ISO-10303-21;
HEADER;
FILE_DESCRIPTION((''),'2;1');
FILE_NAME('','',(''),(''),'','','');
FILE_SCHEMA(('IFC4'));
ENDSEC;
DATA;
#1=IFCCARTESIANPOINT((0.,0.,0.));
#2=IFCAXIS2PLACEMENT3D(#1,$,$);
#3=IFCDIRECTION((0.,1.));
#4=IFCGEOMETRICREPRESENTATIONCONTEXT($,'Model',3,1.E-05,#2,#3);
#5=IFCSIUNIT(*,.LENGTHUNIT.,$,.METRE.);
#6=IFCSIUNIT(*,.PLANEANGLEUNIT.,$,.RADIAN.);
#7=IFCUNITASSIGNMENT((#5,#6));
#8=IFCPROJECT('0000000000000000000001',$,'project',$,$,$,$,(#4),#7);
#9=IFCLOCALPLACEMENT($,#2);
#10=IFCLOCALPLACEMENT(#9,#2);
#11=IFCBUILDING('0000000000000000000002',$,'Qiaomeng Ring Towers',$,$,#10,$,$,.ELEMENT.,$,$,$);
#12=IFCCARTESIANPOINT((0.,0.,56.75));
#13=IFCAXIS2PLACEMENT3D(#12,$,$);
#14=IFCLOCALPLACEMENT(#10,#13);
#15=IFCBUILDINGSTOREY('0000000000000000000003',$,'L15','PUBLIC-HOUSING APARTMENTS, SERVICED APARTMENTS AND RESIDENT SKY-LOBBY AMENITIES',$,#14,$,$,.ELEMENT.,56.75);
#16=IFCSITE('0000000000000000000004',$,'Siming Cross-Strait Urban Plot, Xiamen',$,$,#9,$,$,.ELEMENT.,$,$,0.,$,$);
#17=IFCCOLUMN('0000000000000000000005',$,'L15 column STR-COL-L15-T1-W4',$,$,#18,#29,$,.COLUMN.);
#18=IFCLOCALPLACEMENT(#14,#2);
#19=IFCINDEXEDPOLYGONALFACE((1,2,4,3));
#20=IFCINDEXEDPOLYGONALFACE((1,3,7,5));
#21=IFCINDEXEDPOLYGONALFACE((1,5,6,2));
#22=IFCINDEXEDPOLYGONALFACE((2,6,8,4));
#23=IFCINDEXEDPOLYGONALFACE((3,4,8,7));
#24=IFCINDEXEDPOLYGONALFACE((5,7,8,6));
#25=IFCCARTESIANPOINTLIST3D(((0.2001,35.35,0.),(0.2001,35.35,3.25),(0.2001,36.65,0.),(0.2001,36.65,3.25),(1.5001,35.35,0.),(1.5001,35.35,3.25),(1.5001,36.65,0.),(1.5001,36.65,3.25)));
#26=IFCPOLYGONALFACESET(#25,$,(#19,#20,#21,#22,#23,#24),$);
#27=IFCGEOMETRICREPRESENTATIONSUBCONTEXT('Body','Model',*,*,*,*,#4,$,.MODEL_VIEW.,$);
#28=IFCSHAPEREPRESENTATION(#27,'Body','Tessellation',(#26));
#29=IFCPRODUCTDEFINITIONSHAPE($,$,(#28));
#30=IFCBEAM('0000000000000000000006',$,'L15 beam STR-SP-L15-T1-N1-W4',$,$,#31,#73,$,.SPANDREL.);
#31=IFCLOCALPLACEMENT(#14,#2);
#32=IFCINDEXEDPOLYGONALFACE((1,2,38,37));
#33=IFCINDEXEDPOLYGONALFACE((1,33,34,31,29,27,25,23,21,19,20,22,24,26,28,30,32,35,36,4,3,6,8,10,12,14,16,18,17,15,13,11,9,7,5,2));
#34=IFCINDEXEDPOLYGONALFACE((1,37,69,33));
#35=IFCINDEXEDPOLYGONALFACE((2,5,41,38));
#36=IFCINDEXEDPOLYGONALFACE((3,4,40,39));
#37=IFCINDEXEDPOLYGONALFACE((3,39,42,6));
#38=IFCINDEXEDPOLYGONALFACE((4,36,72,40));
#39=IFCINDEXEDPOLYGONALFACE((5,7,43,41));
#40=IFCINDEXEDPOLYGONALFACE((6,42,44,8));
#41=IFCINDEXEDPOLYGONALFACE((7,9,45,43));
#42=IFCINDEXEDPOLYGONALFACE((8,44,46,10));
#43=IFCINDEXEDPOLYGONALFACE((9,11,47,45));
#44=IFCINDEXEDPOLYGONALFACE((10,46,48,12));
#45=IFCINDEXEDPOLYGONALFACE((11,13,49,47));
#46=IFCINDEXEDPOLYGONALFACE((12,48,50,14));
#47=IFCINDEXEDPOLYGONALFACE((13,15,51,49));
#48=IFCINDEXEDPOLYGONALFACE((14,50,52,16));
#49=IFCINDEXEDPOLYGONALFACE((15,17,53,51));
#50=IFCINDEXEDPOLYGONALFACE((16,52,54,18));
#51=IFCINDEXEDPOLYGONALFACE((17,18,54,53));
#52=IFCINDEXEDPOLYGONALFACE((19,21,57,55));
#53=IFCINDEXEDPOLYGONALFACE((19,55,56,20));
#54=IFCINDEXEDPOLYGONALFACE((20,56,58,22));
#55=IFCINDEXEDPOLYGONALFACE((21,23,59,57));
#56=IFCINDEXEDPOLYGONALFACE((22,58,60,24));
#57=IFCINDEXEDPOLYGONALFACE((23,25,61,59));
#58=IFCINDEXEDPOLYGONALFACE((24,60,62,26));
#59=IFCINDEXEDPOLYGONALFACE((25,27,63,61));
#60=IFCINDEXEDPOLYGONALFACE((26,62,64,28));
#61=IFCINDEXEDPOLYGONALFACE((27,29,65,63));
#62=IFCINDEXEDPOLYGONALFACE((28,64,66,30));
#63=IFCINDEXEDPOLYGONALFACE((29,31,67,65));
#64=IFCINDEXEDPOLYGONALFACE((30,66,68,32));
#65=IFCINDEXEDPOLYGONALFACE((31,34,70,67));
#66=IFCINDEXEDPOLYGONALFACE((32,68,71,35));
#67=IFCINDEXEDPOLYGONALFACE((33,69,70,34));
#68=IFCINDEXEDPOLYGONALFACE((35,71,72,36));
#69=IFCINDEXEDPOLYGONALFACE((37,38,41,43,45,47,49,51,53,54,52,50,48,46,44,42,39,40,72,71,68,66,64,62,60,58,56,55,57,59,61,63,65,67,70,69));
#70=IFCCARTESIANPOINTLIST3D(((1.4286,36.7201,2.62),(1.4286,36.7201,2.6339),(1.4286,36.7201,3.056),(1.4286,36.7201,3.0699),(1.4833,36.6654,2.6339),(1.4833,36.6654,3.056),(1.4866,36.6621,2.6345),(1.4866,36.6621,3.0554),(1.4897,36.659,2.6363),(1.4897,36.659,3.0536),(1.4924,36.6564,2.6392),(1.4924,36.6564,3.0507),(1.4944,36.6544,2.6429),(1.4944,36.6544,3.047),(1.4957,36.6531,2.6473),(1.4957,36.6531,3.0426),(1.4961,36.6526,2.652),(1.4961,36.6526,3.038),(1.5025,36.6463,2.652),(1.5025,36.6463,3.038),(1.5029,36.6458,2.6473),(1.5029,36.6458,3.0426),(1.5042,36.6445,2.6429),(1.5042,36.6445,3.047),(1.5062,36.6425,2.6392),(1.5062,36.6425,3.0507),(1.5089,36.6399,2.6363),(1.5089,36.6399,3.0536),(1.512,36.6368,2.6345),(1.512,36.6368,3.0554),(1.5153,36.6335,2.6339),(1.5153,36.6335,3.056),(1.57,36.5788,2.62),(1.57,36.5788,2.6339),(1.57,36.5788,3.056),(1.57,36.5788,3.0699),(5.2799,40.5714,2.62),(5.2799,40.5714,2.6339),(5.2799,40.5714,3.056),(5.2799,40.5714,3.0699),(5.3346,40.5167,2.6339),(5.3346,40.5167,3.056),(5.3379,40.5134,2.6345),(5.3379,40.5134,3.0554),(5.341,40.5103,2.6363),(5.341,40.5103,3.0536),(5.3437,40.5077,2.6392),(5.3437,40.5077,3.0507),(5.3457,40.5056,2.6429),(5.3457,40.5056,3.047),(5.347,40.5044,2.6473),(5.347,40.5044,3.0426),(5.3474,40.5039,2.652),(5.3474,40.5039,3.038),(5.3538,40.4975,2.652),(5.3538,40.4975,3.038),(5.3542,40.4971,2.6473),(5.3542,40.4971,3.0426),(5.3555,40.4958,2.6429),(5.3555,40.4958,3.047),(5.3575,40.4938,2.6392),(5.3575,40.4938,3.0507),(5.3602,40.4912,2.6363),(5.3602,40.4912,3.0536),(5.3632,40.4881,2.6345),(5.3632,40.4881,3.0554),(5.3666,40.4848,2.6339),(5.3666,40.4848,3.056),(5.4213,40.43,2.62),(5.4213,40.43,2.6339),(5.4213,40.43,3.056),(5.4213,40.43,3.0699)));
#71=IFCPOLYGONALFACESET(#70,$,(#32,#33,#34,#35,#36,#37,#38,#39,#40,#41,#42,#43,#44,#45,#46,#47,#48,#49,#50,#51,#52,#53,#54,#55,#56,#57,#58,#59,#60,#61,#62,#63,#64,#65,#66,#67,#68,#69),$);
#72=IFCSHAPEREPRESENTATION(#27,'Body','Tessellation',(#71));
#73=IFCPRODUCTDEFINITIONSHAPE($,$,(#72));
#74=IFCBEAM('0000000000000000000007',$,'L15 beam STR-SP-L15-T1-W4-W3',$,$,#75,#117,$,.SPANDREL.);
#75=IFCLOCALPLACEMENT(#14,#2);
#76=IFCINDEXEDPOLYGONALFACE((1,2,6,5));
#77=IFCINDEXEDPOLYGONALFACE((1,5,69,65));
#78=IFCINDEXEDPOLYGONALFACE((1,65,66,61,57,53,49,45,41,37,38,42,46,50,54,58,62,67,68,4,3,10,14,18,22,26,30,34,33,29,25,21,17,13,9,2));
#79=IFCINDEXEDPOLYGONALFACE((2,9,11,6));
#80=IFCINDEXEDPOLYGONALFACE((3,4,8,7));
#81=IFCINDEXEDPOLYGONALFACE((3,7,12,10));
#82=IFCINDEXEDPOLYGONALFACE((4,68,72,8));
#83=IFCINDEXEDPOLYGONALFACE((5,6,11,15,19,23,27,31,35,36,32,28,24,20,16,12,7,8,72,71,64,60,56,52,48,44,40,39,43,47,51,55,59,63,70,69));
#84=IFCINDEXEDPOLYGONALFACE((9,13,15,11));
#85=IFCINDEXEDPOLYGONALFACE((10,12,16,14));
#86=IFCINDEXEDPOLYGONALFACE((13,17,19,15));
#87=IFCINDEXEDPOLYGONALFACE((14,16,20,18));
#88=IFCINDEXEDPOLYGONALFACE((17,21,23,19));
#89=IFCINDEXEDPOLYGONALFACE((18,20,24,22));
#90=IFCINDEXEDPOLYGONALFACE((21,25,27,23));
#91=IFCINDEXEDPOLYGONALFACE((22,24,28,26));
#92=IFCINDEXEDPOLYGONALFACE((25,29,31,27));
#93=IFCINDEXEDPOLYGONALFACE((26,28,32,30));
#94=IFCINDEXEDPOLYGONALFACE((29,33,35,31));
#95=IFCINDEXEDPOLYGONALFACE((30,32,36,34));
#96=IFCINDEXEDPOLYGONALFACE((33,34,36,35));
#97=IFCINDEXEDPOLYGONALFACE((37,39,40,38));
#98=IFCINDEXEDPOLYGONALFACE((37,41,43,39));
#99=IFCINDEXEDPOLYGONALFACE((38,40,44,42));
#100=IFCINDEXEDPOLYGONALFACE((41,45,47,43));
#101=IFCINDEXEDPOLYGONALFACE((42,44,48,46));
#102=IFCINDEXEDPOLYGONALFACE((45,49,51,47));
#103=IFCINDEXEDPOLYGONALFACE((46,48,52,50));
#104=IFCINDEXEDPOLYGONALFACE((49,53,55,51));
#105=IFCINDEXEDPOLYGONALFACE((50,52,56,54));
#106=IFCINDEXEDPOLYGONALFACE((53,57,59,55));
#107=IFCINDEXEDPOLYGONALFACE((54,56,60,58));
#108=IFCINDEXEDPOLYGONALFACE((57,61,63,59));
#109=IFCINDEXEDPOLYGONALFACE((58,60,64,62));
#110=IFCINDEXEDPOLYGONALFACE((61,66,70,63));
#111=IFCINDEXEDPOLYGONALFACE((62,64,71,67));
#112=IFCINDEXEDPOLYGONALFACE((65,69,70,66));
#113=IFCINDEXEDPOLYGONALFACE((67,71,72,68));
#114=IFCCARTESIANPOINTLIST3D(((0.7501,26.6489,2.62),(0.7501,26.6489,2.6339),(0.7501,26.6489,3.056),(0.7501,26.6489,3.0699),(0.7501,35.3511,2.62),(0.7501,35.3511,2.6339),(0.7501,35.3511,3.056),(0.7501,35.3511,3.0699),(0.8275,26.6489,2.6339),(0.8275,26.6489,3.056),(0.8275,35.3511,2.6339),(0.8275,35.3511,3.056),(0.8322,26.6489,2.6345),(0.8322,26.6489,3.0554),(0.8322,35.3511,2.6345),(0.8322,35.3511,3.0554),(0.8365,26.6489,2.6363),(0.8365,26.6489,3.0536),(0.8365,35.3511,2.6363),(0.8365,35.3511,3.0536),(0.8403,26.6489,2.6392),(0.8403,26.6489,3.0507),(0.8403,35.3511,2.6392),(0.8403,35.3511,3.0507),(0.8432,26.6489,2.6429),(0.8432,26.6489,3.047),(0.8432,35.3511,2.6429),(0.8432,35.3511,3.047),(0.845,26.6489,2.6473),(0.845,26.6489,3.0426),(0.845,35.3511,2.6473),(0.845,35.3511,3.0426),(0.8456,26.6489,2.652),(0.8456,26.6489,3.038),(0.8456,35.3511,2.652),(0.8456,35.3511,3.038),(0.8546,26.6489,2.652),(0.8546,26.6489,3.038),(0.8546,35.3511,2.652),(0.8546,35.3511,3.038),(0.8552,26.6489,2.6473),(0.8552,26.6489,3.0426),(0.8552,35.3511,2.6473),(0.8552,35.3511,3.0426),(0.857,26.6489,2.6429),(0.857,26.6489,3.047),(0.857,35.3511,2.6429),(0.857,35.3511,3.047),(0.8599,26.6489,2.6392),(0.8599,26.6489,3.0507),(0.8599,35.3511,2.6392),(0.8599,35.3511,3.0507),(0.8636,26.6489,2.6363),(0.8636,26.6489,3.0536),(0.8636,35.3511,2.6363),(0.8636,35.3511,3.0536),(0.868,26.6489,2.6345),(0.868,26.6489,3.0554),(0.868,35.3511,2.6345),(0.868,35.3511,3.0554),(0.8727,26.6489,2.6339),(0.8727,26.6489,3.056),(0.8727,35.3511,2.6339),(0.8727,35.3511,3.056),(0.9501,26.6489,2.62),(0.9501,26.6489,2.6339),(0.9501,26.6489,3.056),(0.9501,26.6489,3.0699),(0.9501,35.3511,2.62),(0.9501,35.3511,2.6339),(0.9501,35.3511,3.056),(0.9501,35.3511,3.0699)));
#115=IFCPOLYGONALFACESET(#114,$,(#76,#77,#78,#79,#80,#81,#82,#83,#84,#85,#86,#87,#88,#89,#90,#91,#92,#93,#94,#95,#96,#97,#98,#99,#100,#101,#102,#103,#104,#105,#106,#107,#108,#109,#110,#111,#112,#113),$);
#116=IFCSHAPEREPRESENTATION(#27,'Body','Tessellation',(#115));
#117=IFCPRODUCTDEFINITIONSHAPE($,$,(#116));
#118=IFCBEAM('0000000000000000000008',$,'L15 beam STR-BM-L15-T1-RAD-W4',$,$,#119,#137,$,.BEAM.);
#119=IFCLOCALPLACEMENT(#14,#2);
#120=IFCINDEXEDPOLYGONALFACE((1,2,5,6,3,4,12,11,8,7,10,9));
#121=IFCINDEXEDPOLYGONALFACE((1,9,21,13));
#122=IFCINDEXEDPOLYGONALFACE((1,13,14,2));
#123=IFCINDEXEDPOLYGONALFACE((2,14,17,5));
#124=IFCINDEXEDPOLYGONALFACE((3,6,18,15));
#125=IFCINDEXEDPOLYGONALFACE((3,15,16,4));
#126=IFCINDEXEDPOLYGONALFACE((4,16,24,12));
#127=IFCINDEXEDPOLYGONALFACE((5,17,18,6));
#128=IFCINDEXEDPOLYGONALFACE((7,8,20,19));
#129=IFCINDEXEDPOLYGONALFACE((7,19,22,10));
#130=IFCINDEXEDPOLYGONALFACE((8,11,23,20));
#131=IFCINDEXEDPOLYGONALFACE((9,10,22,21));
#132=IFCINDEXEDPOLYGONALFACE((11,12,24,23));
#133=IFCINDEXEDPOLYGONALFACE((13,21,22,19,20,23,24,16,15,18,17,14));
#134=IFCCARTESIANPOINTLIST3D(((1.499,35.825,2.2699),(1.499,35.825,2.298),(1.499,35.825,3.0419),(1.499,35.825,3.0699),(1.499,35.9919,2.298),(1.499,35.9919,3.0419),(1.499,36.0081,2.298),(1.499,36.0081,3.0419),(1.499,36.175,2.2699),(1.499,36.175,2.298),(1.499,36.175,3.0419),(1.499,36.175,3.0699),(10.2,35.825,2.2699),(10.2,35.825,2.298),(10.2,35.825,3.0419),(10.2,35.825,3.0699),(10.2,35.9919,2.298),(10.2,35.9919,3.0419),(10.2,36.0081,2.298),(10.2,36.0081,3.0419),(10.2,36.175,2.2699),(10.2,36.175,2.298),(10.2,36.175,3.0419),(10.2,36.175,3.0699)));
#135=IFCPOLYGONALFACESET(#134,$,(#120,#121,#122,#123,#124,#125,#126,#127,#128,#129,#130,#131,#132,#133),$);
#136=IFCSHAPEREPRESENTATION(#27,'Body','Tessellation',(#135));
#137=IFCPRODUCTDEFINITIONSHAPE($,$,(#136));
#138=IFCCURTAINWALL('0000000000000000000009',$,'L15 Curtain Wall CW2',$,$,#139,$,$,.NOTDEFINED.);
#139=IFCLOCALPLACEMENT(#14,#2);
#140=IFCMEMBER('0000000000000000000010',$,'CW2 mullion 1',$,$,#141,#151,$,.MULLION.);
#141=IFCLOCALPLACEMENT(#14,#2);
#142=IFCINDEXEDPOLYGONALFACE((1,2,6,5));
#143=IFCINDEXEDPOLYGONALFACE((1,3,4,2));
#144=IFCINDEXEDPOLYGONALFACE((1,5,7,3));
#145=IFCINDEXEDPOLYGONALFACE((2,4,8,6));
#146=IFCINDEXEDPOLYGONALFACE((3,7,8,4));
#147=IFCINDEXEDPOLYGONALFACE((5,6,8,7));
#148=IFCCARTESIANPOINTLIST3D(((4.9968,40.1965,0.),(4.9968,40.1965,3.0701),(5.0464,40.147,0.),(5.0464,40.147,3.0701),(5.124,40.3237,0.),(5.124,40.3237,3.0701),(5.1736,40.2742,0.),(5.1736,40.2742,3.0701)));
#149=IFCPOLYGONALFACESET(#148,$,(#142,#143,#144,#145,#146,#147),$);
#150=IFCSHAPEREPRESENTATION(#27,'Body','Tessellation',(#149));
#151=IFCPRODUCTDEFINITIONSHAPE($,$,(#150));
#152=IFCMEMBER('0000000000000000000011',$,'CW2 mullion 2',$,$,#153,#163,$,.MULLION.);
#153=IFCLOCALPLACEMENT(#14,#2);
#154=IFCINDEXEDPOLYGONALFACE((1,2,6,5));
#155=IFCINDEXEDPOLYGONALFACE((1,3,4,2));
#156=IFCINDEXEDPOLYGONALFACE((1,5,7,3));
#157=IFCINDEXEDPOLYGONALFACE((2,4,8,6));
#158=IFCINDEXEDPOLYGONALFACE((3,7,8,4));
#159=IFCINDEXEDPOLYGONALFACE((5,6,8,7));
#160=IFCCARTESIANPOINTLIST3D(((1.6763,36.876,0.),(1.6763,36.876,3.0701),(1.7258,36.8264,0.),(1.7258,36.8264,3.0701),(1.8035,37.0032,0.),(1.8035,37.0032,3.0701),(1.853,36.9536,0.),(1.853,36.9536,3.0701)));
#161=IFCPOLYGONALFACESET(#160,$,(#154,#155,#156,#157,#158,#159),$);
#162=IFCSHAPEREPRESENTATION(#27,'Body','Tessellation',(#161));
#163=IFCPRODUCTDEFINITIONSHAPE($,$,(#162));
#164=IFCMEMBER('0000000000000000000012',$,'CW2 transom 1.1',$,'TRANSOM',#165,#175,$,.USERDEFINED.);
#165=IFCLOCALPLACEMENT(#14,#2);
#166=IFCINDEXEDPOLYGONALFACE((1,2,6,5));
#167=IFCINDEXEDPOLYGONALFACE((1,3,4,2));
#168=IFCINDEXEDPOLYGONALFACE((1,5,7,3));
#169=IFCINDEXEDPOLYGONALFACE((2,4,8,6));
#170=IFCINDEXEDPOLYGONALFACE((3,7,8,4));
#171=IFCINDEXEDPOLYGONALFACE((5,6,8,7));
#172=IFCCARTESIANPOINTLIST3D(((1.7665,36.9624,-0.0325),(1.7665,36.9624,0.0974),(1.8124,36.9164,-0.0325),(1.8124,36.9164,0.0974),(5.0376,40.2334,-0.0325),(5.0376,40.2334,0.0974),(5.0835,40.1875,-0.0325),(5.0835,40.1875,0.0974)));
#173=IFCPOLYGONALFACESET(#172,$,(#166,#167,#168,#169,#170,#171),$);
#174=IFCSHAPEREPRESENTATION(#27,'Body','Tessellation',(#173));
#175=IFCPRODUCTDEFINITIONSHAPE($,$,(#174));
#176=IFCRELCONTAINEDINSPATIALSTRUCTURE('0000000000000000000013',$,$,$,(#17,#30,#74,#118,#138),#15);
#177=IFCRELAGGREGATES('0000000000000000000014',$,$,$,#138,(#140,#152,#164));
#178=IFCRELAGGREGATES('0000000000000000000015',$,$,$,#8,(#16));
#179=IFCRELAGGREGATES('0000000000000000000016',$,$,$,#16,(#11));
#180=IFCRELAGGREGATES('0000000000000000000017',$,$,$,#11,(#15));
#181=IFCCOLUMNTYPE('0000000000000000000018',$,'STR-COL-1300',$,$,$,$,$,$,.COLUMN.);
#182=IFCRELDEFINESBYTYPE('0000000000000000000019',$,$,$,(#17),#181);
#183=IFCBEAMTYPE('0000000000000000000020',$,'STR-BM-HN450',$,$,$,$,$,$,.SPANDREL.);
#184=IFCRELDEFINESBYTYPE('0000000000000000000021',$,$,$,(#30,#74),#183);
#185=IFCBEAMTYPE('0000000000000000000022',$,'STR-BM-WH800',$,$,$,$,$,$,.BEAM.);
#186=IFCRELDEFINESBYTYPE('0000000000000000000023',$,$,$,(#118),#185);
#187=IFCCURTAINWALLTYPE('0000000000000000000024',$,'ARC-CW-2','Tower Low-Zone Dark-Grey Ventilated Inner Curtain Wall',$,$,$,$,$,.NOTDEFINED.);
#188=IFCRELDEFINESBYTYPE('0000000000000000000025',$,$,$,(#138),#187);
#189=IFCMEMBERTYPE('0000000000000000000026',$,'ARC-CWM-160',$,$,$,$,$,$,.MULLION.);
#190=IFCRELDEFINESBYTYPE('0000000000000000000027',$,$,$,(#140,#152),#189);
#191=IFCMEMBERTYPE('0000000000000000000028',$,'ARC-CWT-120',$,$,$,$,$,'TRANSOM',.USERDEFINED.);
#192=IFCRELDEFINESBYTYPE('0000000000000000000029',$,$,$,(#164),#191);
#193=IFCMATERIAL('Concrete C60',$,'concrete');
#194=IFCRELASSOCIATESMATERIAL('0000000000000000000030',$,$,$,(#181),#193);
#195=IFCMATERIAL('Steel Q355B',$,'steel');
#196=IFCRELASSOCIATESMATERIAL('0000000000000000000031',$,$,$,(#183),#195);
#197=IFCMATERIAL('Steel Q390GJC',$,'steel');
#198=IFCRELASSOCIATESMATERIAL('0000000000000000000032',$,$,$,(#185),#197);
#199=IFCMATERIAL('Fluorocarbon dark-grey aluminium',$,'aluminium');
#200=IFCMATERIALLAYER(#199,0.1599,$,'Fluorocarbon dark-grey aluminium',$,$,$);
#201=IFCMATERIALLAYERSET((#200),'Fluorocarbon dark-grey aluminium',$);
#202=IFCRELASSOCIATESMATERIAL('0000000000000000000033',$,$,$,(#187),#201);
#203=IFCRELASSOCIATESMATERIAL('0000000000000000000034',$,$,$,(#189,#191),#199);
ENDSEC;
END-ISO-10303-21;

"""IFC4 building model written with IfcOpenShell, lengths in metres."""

from ifc_helpers import new_model, si_unit, direction, frame, origin, origin_2d, place, context, subcontext, project, spatial, rectangle, i_section, extrude, source, transform, mapped, material, layer, layer_set, material_profile, profile_set, type_object, element, aggregate, save


model = new_model("IFC4")

# Units and contexts
model_context = context("Model", 3, precision=1e-05, world=origin(), true_north=direction((0.0, 1.0)))
body_context = subcontext(model_context, "Body", "Model", "MODEL_VIEW")
ifc_project = project(units=[si_unit("LENGTHUNIT", "METRE"), si_unit("PLANEANGLEUNIT", "RADIAN")], contexts=[model_context])

# Site, building, storey
site_placement = place(None, origin())
site = spatial("IfcSite", under=ifc_project, at=site_placement, Name="Siming Cross-Strait Urban Plot, Xiamen", CompositionType="ELEMENT", RefElevation=0.0)
building_placement = place(site_placement, origin())
building = spatial("IfcBuilding", under=site, at=building_placement, Name="Qiaomeng Ring Towers", CompositionType="ELEMENT")
storey_placement = place(building_placement, frame((0.0, 0.0, 56.75)))
storey = spatial("IfcBuildingStorey", under=building, at=storey_placement, Name="L15", Description="PUBLIC-HOUSING APARTMENTS, SERVICED APARTMENTS AND RESIDENT SKY-LOBBY AMENITIES", CompositionType="ELEMENT", Elevation=56.75)

# Column
ifc_material_1 = material(Name="Concrete C60", Category="concrete")
ifc_material_profile_1 = material_profile(ifc_material_1, rectangle(XDim=1.3, YDim=1.3, at=origin_2d()), Name="RC COL 1300x1300")
ifc_profile_set_1 = profile_set([ifc_material_profile_1], Name="Concrete C60")
column_type = type_object("IfcColumnType", Name="STR-COL-1300", PredefinedType="COLUMN", material=ifc_profile_set_1)
shared_shape_1 = source(origin(), body_context, "Body", "SweptSolid", [
    extrude(rectangle(XDim=1.3, YDim=1.3, at=origin_2d()), origin(), (0.0, 0.0, 1.0), 3.25),
])
column_placement = place(storey_placement, frame((0.8501, 36.0, 0.0), z_axis=(0.0, 0.0, 1.0), x_axis=(1.0, 0.0, 0.0)))
element("IfcColumn", 1, at=column_placement, inside=storey, type_object=column_type, Name="L15 column STR-COL-L15-T1-W4", PredefinedType="COLUMN", context=body_context, shape_type="MappedRepresentation", body=[
    mapped(shared_shape_1, transform((0.0, 0.0, 0.0), x_axis=(1.0, 0.0, 0.0), y_axis=(0.0, 1.0, 0.0), z_axis=(0.0, 0.0, 1.0), scale=1.0)),
])

# Beams
ifc_material_2 = material(Name="Steel Q355B", Category="steel")
ifc_material_profile_2 = material_profile(ifc_material_2, i_section(OverallWidth=0.2, OverallDepth=0.45, WebThickness=0.009, FlangeThickness=0.0139, FilletRadius=0.0181, at=origin_2d()), Name="HN 450x200x9x14")
ifc_profile_set_2 = profile_set([ifc_material_profile_2], Name="Steel Q355B")
beam_type_1 = type_object("IfcBeamType", Name="STR-BM-HN450", PredefinedType="SPANDREL", material=ifc_profile_set_2)
shared_shape_2 = source(origin(), body_context, "Body", "SweptSolid", [
    extrude(i_section(OverallWidth=0.2, OverallDepth=0.45, WebThickness=0.009, FlangeThickness=0.0139, FilletRadius=0.0181, at=origin_2d()), origin(), (0.0, 0.0, 1.0), 5.4465),
])
beam_1_placement = place(storey_placement, frame((5.3506, 40.5007, 2.845), z_axis=(-0.707107, -0.707107, 0.0), x_axis=(0.707107, -0.707107, 0.0)))
element("IfcBeam", 2, at=beam_1_placement, inside=storey, type_object=beam_type_1, Name="L15 beam STR-SP-L15-T1-N1-W4", PredefinedType="SPANDREL", context=body_context, shape_type="MappedRepresentation", body=[
    mapped(shared_shape_2, transform((0.0, 0.0, 0.0), x_axis=(1.0, 0.0, 0.0), y_axis=(0.0, 1.0, 0.0), z_axis=(0.0, 0.0, 1.0), scale=1.0)),
])
shared_shape_3 = source(origin(), body_context, "Body", "SweptSolid", [
    extrude(i_section(OverallWidth=0.2, OverallDepth=0.45, WebThickness=0.009, FlangeThickness=0.0139, FilletRadius=0.0181, at=origin_2d()), origin(), (0.0, 0.0, 1.0), 8.7021),
])
beam_2_placement = place(storey_placement, frame((0.8501, 35.3511, 2.845), z_axis=(0.0, -1.0, 0.0), x_axis=(1.0, 0.0, 0.0)))
element("IfcBeam", 3, at=beam_2_placement, inside=storey, type_object=beam_type_1, Name="L15 beam STR-SP-L15-T1-W4-W3", PredefinedType="SPANDREL", context=body_context, shape_type="MappedRepresentation", body=[
    mapped(shared_shape_3, transform((0.0, 0.0, 0.0), x_axis=(1.0, 0.0, 0.0), y_axis=(0.0, 1.0, 0.0), z_axis=(0.0, 0.0, 1.0), scale=1.0)),
])
ifc_material_3 = material(Name="Steel Q390GJC", Category="steel")
ifc_material_profile_3 = material_profile(ifc_material_3, i_section(OverallWidth=0.3501, OverallDepth=0.8, WebThickness=0.0161, FlangeThickness=0.0281, at=origin_2d()), Name="WH 800x350x16x28")
ifc_profile_set_3 = profile_set([ifc_material_profile_3], Name="Steel Q390GJC")
beam_type_2 = type_object("IfcBeamType", Name="STR-BM-WH800", PredefinedType="BEAM", material=ifc_profile_set_3)
shared_shape_4 = source(origin(), body_context, "Body", "SweptSolid", [
    extrude(i_section(OverallWidth=0.3501, OverallDepth=0.8, WebThickness=0.0161, FlangeThickness=0.0281, at=origin_2d()), origin(), (0.0, 0.0, 1.0), 8.7009),
])
beam_3_placement = place(storey_placement, frame((1.499, 36.0, 2.6699), z_axis=(1.0, 0.0, 0.0), x_axis=(0.0, 1.0, 0.0)))
element("IfcBeam", 4, at=beam_3_placement, inside=storey, type_object=beam_type_2, Name="L15 beam STR-BM-L15-T1-RAD-W4", PredefinedType="BEAM", context=body_context, shape_type="MappedRepresentation", body=[
    mapped(shared_shape_4, transform((0.0, 0.0, 0.0), x_axis=(1.0, 0.0, 0.0), y_axis=(0.0, 1.0, 0.0), z_axis=(0.0, 0.0, 1.0), scale=1.0)),
])

# Curtain wall, members
ifc_material_4 = material(Name="Fluorocarbon dark-grey aluminium", Category="aluminium")
ifc_layer_1 = layer(ifc_material_4, 0.1599, Name="Fluorocarbon dark-grey aluminium")
ifc_layer_set_1 = layer_set([ifc_layer_1], Name="Fluorocarbon dark-grey aluminium")
curtain_wall_type = type_object("IfcCurtainWallType", Name="ARC-CW-2", Description="Tower Low-Zone Dark-Grey Ventilated Inner Curtain Wall", PredefinedType="NOTDEFINED", material=ifc_layer_set_1)
curtain_wall_placement = place(storey_placement, origin())
curtain_wall = element("IfcCurtainWall", 5, at=curtain_wall_placement, inside=storey, type_object=curtain_wall_type, Name="L15 Curtain Wall CW2", PredefinedType="NOTDEFINED")
ifc_material_profile_4 = material_profile(ifc_material_4, rectangle(XDim=0.0701, YDim=0.1799, at=origin_2d()), Name="ALU MULL 70x180")
ifc_profile_set_4 = profile_set([ifc_material_profile_4], Name="Fluorocarbon dark-grey aluminium")
member_type_1 = type_object("IfcMemberType", Name="ARC-CWM-160", PredefinedType="MULLION", material=ifc_profile_set_4)
shared_shape_5 = source(origin(), body_context, "Body", "SweptSolid", [
    extrude(rectangle(XDim=0.0701, YDim=0.1799, at=origin_2d()), origin(), (0.0, 0.0, 1.0), 3.0701),
])
member_1_placement = place(storey_placement, frame((5.0852, 40.2354, 0.0), z_axis=(0.0, 0.0, 1.0), x_axis=(0.707107, -0.707107, 0.0)))
member_1 = element("IfcMember", 6, at=member_1_placement, type_object=member_type_1, Name="CW2 mullion 1", PredefinedType="MULLION", context=body_context, shape_type="MappedRepresentation", body=[
    mapped(shared_shape_5, transform((0.0, 0.0, 0.0), x_axis=(1.0, 0.0, 0.0), y_axis=(0.0, 1.0, 0.0), z_axis=(0.0, 0.0, 1.0), scale=1.0)),
])
member_2_placement = place(storey_placement, frame((1.7646, 36.9148, 0.0), z_axis=(0.0, 0.0, 1.0), x_axis=(0.707107, -0.707107, 0.0)))
member_2 = element("IfcMember", 7, at=member_2_placement, type_object=member_type_1, Name="CW2 mullion 2", PredefinedType="MULLION", context=body_context, shape_type="MappedRepresentation", body=[
    mapped(shared_shape_5, transform((0.0, 0.0, 0.0), x_axis=(1.0, 0.0, 0.0), y_axis=(0.0, 1.0, 0.0), z_axis=(0.0, 0.0, 1.0), scale=1.0)),
])
ifc_material_profile_5 = material_profile(ifc_material_4, rectangle(XDim=0.0649, YDim=0.1299, at=origin_2d()), Name="ALU TRAN 65x130")
ifc_profile_set_5 = profile_set([ifc_material_profile_5], Name="Fluorocarbon dark-grey aluminium")
member_type_2 = type_object("IfcMemberType", Name="ARC-CWT-120", ElementType="TRANSOM", PredefinedType="USERDEFINED", material=ifc_profile_set_5)
shared_shape_6 = source(origin(), body_context, "Body", "SweptSolid", [
    extrude(rectangle(XDim=0.0649, YDim=0.1299, at=origin_2d()), origin(), (0.0, 0.0, 1.0), 4.626),
])
member_3_placement = place(storey_placement, frame((5.0605, 40.2104, 0.0325), z_axis=(-0.707107, -0.707107, 0.0), x_axis=(0.707107, -0.707107, 0.0)))
member_3 = element("IfcMember", 8, at=member_3_placement, type_object=member_type_2, Name="CW2 transom 1.1", ObjectType="TRANSOM", PredefinedType="USERDEFINED", context=body_context, shape_type="MappedRepresentation", body=[
    mapped(shared_shape_6, transform((0.0, 0.0, 0.0), x_axis=(1.0, 0.0, 0.0), y_axis=(0.0, 1.0, 0.0), z_axis=(0.0, 0.0, 1.0), scale=1.0)),
])
aggregate(curtain_wall, [member_1, member_2, member_3])

save(model, "model.ifc")
